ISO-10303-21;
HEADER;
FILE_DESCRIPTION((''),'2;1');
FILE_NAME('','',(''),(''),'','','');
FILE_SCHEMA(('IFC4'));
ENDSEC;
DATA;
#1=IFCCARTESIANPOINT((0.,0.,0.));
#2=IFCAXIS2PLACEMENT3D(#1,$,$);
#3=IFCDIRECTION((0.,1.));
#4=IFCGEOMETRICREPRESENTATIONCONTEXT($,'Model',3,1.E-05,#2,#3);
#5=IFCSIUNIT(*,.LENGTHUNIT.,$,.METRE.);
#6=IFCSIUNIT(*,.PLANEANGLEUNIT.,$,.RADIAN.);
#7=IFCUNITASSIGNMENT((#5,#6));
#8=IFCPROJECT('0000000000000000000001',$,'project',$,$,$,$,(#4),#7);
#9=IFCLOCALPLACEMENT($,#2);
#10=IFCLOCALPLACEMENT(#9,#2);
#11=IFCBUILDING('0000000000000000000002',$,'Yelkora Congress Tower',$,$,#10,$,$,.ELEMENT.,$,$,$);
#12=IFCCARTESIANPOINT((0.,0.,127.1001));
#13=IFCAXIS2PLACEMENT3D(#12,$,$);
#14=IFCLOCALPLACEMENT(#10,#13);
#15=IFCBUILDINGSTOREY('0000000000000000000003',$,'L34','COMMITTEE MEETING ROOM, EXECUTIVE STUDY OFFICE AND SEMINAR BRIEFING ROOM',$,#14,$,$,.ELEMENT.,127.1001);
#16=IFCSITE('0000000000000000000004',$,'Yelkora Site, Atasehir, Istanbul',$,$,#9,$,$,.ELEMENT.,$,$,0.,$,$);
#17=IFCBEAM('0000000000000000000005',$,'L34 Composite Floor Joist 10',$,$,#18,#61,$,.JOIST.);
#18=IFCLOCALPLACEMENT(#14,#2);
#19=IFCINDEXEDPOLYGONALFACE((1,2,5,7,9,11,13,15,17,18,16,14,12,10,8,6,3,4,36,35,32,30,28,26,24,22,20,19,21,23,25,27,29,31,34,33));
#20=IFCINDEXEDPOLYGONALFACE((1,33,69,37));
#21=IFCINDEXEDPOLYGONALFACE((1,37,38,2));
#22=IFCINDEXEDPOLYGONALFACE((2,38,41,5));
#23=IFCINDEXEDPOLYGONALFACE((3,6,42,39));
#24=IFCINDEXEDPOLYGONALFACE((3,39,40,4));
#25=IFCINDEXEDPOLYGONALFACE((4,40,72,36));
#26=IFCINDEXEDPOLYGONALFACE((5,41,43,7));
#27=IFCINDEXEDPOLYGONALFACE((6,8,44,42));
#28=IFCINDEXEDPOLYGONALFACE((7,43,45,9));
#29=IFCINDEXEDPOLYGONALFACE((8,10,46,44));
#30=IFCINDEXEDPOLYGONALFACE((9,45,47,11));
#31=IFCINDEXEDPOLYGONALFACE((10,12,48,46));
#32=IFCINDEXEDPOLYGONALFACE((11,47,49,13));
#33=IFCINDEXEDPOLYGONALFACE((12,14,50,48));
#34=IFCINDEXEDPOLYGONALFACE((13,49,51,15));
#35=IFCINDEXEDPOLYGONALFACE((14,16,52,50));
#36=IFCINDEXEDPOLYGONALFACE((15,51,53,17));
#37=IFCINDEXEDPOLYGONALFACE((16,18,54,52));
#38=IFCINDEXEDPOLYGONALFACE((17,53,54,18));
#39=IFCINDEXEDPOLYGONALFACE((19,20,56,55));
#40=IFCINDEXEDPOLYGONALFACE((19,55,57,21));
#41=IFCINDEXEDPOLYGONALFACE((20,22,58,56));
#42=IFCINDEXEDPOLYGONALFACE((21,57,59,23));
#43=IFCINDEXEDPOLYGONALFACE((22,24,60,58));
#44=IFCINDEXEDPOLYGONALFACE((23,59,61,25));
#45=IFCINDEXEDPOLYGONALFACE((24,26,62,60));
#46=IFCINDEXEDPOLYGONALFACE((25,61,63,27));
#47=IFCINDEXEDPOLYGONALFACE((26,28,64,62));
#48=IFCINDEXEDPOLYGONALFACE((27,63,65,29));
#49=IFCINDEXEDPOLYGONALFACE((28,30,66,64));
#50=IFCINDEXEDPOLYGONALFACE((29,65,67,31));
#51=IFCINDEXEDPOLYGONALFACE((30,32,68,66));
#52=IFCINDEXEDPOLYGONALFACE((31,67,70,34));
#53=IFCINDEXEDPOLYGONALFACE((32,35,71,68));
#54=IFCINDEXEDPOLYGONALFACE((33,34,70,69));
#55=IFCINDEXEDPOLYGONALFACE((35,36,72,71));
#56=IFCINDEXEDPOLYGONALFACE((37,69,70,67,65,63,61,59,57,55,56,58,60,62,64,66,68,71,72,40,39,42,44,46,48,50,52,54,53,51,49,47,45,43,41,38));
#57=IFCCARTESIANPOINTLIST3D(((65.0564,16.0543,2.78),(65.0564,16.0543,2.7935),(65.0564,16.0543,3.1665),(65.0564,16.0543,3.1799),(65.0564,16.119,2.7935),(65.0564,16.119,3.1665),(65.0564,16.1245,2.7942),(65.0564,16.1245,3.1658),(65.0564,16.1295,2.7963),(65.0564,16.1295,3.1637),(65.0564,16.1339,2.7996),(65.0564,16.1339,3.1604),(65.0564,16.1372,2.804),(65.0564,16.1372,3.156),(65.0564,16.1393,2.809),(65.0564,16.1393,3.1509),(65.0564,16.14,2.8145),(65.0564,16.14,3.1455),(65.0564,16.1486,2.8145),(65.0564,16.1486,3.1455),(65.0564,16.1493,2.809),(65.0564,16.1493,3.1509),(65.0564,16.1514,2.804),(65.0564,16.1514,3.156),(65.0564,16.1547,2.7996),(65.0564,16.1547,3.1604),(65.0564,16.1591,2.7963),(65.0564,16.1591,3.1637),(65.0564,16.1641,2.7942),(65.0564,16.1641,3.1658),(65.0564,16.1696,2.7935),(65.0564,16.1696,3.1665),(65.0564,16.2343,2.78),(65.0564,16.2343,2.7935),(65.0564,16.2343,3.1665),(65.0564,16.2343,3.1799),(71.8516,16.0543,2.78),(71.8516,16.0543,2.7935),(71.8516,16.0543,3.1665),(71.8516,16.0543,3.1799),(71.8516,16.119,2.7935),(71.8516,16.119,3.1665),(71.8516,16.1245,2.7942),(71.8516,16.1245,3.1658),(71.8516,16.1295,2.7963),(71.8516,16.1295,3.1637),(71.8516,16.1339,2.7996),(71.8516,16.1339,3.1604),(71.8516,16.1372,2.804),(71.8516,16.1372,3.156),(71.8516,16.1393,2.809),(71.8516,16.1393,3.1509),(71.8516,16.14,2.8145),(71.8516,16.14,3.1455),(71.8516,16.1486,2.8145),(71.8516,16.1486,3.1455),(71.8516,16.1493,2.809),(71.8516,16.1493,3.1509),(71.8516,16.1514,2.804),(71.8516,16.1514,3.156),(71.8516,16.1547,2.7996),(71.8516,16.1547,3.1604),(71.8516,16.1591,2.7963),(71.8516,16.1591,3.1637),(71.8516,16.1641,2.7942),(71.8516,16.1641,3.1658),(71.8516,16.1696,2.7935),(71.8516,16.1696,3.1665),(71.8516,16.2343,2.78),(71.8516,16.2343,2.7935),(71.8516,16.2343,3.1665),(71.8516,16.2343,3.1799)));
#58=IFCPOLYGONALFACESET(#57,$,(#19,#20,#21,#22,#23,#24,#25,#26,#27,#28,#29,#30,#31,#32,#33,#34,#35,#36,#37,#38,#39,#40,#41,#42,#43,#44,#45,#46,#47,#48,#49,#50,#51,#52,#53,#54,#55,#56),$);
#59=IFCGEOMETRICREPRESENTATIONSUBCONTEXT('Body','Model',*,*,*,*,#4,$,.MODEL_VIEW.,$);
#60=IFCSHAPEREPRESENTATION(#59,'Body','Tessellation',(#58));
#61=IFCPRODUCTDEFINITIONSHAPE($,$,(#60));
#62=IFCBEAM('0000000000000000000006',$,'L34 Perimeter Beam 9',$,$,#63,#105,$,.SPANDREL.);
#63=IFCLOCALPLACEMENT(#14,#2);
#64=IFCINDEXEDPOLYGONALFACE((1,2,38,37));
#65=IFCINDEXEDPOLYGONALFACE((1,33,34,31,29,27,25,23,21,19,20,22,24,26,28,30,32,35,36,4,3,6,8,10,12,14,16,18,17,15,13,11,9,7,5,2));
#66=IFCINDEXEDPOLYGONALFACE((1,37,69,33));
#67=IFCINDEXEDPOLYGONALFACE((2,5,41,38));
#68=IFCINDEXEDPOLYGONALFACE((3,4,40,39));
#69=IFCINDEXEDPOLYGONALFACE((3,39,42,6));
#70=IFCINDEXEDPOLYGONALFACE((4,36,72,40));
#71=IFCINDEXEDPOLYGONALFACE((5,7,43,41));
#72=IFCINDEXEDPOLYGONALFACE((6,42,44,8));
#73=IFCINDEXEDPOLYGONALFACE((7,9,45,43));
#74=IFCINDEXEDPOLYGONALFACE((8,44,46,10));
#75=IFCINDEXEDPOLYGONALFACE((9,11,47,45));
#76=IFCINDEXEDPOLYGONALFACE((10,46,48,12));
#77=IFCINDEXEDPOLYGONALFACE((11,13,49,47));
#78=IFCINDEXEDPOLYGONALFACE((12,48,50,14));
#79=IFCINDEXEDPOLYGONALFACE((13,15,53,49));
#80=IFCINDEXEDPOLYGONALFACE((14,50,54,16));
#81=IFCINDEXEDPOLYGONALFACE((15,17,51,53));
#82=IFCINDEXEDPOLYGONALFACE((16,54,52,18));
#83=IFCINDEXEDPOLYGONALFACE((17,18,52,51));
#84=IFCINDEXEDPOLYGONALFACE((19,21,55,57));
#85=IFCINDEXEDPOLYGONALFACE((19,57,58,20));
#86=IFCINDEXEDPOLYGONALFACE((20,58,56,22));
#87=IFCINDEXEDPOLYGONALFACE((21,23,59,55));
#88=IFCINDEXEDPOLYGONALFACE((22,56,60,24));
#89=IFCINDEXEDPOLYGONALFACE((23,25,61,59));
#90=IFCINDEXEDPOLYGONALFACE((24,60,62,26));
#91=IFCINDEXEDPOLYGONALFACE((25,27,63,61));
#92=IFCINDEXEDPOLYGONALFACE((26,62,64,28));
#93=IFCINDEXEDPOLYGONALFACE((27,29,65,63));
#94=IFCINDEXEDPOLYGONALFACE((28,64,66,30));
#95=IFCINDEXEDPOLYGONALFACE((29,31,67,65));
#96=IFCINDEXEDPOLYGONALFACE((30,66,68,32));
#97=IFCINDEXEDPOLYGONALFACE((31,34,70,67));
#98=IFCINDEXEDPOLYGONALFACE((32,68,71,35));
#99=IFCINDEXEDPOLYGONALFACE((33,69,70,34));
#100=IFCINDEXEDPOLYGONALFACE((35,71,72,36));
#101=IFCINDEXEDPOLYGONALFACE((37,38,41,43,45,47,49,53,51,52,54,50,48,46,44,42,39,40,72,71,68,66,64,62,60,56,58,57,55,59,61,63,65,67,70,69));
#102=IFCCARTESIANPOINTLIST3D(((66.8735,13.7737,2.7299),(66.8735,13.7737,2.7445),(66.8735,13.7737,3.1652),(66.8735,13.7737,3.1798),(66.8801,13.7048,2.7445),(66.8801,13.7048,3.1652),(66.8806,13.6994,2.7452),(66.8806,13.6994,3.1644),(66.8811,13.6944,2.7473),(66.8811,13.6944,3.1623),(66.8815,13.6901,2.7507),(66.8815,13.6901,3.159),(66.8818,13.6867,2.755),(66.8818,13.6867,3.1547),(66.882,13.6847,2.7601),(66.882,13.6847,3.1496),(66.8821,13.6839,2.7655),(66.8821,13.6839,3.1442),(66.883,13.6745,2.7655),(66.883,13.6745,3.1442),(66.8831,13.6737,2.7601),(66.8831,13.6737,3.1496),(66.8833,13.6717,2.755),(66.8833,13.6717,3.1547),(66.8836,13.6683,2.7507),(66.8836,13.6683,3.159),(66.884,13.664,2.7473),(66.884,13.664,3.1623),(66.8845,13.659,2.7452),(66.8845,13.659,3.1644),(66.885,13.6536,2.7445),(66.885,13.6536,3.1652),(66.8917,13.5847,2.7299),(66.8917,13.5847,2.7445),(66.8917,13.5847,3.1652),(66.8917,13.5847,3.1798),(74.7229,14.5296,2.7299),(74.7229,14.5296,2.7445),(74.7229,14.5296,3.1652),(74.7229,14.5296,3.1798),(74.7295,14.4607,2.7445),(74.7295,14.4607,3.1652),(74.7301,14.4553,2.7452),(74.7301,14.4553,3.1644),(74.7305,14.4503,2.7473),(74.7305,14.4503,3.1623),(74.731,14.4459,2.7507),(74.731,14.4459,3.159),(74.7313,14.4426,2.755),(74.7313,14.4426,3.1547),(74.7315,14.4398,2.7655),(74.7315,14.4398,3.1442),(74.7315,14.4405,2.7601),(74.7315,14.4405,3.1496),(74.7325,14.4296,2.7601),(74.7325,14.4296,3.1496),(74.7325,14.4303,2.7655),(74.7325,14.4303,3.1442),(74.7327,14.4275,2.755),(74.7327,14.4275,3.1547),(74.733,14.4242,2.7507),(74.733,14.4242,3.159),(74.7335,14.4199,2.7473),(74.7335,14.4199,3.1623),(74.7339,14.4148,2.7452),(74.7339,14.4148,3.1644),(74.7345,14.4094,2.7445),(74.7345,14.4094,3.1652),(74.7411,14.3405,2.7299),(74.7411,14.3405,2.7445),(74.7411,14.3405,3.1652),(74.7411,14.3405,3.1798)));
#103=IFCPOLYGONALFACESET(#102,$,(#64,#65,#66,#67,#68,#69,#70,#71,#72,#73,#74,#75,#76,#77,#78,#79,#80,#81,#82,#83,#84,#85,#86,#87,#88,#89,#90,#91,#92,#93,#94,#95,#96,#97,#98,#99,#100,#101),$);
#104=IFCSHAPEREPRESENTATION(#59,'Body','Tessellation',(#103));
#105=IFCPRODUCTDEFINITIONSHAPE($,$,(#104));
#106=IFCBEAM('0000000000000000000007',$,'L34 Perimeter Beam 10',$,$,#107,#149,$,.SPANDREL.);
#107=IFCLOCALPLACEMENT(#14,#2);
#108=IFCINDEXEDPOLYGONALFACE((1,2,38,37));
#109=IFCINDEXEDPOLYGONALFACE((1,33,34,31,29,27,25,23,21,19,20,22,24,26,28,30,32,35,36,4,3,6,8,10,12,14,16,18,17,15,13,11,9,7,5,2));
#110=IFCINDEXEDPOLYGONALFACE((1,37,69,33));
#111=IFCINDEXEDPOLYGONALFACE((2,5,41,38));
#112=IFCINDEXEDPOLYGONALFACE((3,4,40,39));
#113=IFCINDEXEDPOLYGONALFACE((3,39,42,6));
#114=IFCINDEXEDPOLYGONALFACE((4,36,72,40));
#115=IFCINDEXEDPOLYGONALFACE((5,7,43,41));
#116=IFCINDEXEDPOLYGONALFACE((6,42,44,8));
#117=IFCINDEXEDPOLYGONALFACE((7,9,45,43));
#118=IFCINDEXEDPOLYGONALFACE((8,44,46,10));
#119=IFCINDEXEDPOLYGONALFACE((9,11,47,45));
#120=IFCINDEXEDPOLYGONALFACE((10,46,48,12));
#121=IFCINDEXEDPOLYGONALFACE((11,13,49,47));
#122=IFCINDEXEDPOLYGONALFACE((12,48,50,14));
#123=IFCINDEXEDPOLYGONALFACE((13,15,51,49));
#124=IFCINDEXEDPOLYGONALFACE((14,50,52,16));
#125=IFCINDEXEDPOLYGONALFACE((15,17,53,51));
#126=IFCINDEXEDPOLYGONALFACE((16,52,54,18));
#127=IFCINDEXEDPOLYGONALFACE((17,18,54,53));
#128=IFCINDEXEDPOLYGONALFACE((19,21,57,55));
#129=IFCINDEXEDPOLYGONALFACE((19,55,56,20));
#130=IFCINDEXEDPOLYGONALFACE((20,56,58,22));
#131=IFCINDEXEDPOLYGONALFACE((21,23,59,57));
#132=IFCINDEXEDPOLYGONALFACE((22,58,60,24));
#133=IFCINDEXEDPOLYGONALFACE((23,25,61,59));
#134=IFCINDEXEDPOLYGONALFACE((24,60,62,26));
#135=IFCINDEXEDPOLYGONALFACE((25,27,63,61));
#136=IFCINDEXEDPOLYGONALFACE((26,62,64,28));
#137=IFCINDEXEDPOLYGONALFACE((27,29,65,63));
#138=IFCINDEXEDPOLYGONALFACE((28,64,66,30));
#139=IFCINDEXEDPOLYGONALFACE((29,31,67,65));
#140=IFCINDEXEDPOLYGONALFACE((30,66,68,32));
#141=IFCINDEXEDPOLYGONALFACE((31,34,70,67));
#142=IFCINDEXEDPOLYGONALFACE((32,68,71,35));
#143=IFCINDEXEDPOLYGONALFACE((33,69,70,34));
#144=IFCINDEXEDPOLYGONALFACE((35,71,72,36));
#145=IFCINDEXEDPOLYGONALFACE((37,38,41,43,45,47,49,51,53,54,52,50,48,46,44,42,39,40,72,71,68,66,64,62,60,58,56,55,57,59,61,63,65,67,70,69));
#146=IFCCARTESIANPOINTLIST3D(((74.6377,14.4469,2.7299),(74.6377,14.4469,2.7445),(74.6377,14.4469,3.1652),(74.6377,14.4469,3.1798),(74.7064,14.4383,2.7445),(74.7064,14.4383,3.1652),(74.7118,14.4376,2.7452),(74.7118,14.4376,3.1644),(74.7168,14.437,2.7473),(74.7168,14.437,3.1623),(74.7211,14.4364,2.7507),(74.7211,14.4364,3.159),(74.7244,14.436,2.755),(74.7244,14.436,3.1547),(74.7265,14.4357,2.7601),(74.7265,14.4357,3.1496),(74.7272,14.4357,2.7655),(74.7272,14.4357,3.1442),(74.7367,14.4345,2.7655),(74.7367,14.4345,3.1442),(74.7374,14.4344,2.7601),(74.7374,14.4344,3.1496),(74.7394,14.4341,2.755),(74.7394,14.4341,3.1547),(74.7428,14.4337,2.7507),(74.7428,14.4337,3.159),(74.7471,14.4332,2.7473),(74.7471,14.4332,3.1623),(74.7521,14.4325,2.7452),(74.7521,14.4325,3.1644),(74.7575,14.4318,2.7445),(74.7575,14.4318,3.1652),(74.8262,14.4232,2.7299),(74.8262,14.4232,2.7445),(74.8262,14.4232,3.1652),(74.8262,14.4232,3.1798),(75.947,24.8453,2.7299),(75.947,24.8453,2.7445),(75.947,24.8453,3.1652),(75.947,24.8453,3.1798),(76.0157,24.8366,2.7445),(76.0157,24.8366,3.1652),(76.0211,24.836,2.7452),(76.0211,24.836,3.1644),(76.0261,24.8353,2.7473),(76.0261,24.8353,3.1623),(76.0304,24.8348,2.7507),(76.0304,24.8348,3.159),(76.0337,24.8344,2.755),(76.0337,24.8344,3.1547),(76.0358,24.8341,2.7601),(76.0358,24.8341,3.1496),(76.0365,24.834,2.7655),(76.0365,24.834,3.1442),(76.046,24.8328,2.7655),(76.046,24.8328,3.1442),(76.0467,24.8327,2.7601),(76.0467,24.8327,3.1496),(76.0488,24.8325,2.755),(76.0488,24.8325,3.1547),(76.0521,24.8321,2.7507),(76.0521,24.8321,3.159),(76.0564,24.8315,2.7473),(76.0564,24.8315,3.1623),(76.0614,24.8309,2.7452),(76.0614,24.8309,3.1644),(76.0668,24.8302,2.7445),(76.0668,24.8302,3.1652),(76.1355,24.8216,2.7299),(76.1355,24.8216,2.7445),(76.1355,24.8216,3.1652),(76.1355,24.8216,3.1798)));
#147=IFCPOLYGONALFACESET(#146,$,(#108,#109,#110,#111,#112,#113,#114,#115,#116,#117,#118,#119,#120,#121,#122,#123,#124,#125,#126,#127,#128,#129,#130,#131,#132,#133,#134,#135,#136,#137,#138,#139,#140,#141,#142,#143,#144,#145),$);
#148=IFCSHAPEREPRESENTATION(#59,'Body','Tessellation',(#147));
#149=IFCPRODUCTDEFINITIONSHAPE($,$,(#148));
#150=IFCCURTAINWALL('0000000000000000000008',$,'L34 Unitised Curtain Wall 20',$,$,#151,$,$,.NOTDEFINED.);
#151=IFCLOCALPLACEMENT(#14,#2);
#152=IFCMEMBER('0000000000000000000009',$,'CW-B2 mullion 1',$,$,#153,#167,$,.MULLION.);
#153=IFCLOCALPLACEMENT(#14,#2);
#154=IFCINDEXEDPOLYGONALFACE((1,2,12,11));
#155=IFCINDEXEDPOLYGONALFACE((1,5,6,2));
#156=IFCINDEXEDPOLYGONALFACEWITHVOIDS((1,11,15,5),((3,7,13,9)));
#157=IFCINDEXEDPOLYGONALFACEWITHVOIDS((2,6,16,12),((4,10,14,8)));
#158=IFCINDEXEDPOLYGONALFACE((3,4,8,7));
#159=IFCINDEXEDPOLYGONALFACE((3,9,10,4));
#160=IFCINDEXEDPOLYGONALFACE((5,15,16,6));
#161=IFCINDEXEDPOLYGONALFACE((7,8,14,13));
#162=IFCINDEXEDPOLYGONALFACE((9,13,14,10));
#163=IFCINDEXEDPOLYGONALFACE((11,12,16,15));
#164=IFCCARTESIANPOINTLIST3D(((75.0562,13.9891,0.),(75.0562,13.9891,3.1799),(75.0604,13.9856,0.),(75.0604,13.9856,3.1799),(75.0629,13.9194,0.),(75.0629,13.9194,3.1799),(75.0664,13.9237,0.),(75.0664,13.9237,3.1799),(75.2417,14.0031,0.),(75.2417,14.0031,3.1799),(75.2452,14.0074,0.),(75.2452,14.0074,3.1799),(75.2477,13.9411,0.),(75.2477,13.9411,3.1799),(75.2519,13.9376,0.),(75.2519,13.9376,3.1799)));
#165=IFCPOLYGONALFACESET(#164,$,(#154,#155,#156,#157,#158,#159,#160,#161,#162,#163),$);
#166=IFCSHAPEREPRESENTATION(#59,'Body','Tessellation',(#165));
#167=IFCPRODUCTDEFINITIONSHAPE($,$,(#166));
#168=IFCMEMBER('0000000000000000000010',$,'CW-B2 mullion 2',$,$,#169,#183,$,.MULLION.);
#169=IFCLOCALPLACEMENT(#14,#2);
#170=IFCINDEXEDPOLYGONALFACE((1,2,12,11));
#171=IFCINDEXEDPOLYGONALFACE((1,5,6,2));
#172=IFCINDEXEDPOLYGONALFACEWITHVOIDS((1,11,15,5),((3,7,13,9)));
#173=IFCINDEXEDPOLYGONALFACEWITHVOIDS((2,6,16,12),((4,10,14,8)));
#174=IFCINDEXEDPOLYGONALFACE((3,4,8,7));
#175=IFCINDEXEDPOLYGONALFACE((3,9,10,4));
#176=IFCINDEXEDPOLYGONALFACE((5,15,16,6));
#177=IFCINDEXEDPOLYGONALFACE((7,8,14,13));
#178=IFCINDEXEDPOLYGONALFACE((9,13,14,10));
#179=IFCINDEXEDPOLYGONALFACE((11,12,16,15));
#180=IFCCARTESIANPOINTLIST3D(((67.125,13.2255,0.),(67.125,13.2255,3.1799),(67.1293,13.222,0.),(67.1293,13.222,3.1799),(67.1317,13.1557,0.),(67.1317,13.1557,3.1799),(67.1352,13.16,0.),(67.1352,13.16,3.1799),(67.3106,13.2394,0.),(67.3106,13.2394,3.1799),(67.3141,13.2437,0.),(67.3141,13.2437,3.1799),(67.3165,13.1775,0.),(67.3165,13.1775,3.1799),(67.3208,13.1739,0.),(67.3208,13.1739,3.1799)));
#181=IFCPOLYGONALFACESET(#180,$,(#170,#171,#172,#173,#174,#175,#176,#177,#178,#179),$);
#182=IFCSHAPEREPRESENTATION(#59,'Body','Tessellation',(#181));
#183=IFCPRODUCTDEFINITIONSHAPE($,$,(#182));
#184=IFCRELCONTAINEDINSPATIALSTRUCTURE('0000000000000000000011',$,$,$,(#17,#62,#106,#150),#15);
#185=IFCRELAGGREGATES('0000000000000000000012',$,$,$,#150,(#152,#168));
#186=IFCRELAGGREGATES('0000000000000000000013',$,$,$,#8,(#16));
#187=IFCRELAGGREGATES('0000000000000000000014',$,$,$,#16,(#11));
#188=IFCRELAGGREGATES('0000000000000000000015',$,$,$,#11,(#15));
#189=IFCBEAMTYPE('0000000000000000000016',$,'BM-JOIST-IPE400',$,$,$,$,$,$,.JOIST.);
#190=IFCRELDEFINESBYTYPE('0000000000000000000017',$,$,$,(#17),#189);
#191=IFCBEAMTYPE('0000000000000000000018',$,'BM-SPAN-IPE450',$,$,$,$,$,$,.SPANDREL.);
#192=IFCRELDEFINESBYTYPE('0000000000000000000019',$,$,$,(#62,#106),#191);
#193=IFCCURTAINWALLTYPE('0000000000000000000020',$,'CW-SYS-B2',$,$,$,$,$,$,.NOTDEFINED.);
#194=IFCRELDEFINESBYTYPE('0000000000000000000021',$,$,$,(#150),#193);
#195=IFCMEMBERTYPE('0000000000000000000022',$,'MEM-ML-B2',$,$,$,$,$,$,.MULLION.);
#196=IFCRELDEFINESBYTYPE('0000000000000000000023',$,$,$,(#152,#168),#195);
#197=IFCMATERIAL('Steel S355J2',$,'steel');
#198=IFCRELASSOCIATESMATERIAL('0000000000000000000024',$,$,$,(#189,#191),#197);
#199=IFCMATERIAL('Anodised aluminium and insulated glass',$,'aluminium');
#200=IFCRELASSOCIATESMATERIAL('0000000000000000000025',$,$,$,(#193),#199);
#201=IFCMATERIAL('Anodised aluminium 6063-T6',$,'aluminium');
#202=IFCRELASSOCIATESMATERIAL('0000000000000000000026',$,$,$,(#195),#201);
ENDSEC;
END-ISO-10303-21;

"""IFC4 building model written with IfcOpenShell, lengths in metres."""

from ifc_helpers import new_model, si_unit, direction, frame, origin, origin_2d, place, context, subcontext, project, spatial, hollow_rectangle, i_section, extrude, material, material_profile, profile_set, type_object, element, aggregate, save


model = new_model("IFC4")

# Units and contexts
model_context = context("Model", 3, precision=1e-05, world=origin(), true_north=direction((0.0, 1.0)))
body_context = subcontext(model_context, "Body", "Model", "MODEL_VIEW")
ifc_project = project(units=[si_unit("LENGTHUNIT", "METRE"), si_unit("PLANEANGLEUNIT", "RADIAN")], contexts=[model_context])

# Site, building, storey
site_placement = place(None, origin())
site = spatial("IfcSite", under=ifc_project, at=site_placement, Name="Yelkora Site, Atasehir, Istanbul", CompositionType="ELEMENT", RefElevation=0.0)
building_placement = place(site_placement, origin())
building = spatial("IfcBuilding", under=site, at=building_placement, Name="Yelkora Congress Tower", CompositionType="ELEMENT")
storey_placement = place(building_placement, frame((0.0, 0.0, 127.1001)))
storey = spatial("IfcBuildingStorey", under=building, at=storey_placement, Name="L34", Description="COMMITTEE MEETING ROOM, EXECUTIVE STUDY OFFICE AND SEMINAR BRIEFING ROOM", CompositionType="ELEMENT", Elevation=127.1001)

# Beams
ifc_material_1 = material(Name="Steel S355J2", Category="steel")
ifc_material_profile_1 = material_profile(ifc_material_1, i_section(OverallWidth=0.1799, OverallDepth=0.3999, WebThickness=0.0085, FlangeThickness=0.0134, FilletRadius=0.021, at=origin_2d()), Name="IPE 400")
ifc_profile_set_1 = profile_set([ifc_material_profile_1], Name="Steel S355J2")
beam_type_1 = type_object("IfcBeamType", Name="BM-JOIST-IPE400", PredefinedType="JOIST", material=ifc_profile_set_1)
beam_1_placement = place(storey_placement, frame((65.0564, 16.1443, 2.98), z_axis=(1.0, 0.0, 0.0), x_axis=(0.0, 1.0, 0.0)))
element("IfcBeam", 1, at=beam_1_placement, inside=storey, type_object=beam_type_1, Name="L34 Composite Floor Joist 10", PredefinedType="JOIST", context=body_context, shape_type="SweptSolid", body=[
    extrude(i_section(OverallWidth=0.1799, OverallDepth=0.3999, WebThickness=0.0085, FlangeThickness=0.0134, FilletRadius=0.021, at=origin_2d()), origin(), (0.0, 0.0, 1.0), 6.7952),
])
ifc_material_profile_2 = material_profile(ifc_material_1, i_section(OverallWidth=0.1899, OverallDepth=0.45, WebThickness=0.0095, FlangeThickness=0.0146, FilletRadius=0.021, at=origin_2d()), Name="IPE 450")
ifc_profile_set_2 = profile_set([ifc_material_profile_2], Name="Steel S355J2")
beam_type_2 = type_object("IfcBeamType", Name="BM-SPAN-IPE450", PredefinedType="SPANDREL", material=ifc_profile_set_2)
beam_2_placement = place(storey_placement, frame((66.8826, 13.6792, 2.9548), z_axis=(0.995396, 0.095852, 0.0), x_axis=(-0.095852, 0.995396, 0.0)))
element("IfcBeam", 2, at=beam_2_placement, inside=storey, type_object=beam_type_2, Name="L34 Perimeter Beam 9", PredefinedType="SPANDREL", context=body_context, shape_type="SweptSolid", body=[
    extrude(i_section(OverallWidth=0.1899, OverallDepth=0.45, WebThickness=0.0095, FlangeThickness=0.0146, FilletRadius=0.021, at=origin_2d()), origin(), (0.0, 0.0, 1.0), 7.8857),
])
beam_3_placement = place(storey_placement, frame((74.7319, 14.4351, 2.9548), z_axis=(0.124929, 0.992166, 0.0), x_axis=(-0.992166, 0.124929, 0.0)))
element("IfcBeam", 3, at=beam_3_placement, inside=storey, type_object=beam_type_2, Name="L34 Perimeter Beam 10", PredefinedType="SPANDREL", context=body_context, shape_type="SweptSolid", body=[
    extrude(i_section(OverallWidth=0.1899, OverallDepth=0.45, WebThickness=0.0095, FlangeThickness=0.0146, FilletRadius=0.021, at=origin_2d()), origin(), (0.0, 0.0, 1.0), 10.4805),
])

# Curtain wall, members
ifc_material_2 = material(Name="Anodised aluminium and insulated glass", Category="aluminium")
curtain_wall_type = type_object("IfcCurtainWallType", Name="CW-SYS-B2", PredefinedType="NOTDEFINED", material=ifc_material_2)
curtain_wall_placement = place(storey_placement, origin())
curtain_wall = element("IfcCurtainWall", 4, at=curtain_wall_placement, inside=storey, type_object=curtain_wall_type, Name="L34 Unitised Curtain Wall 20", PredefinedType="NOTDEFINED")
ifc_material_3 = material(Name="Anodised aluminium 6063-T6", Category="aluminium")
ifc_material_profile_3 = material_profile(ifc_material_3, hollow_rectangle(XDim=0.0701, YDim=0.1899, WallThickness=0.0039, at=origin_2d()), Name="ALU 70x190x4")
ifc_profile_set_3 = profile_set([ifc_material_profile_3], Name="Anodised aluminium 6063-T6")
member_type_1 = type_object("IfcMemberType", Name="MEM-ML-B2", PredefinedType="MULLION", material=ifc_profile_set_3)
member_1_placement = place(storey_placement, frame((75.1541, 13.9634, 0.0), z_axis=(0.0, 0.0, 1.0), x_axis=(0.095844, -0.995396, 0.0)))
member_1 = element("IfcMember", 5, at=member_1_placement, type_object=member_type_1, Name="CW-B2 mullion 1", PredefinedType="MULLION", context=body_context, shape_type="SweptSolid", body=[
    extrude(hollow_rectangle(XDim=0.0701, YDim=0.1899, WallThickness=0.0039, at=origin_2d()), origin(), (0.0, 0.0, 1.0), 3.1799),
])
member_2_placement = place(storey_placement, frame((67.2229, 13.1997, 0.0), z_axis=(0.0, 0.0, 1.0), x_axis=(0.095844, -0.995396, 0.0)))
member_2 = element("IfcMember", 6, at=member_2_placement, type_object=member_type_1, Name="CW-B2 mullion 2", PredefinedType="MULLION", context=body_context, shape_type="SweptSolid", body=[
    extrude(hollow_rectangle(XDim=0.0701, YDim=0.1899, WallThickness=0.0039, at=origin_2d()), origin(), (0.0, 0.0, 1.0), 3.1799),
])
aggregate(curtain_wall, [member_1, member_2])

save(model, "model.ifc")
